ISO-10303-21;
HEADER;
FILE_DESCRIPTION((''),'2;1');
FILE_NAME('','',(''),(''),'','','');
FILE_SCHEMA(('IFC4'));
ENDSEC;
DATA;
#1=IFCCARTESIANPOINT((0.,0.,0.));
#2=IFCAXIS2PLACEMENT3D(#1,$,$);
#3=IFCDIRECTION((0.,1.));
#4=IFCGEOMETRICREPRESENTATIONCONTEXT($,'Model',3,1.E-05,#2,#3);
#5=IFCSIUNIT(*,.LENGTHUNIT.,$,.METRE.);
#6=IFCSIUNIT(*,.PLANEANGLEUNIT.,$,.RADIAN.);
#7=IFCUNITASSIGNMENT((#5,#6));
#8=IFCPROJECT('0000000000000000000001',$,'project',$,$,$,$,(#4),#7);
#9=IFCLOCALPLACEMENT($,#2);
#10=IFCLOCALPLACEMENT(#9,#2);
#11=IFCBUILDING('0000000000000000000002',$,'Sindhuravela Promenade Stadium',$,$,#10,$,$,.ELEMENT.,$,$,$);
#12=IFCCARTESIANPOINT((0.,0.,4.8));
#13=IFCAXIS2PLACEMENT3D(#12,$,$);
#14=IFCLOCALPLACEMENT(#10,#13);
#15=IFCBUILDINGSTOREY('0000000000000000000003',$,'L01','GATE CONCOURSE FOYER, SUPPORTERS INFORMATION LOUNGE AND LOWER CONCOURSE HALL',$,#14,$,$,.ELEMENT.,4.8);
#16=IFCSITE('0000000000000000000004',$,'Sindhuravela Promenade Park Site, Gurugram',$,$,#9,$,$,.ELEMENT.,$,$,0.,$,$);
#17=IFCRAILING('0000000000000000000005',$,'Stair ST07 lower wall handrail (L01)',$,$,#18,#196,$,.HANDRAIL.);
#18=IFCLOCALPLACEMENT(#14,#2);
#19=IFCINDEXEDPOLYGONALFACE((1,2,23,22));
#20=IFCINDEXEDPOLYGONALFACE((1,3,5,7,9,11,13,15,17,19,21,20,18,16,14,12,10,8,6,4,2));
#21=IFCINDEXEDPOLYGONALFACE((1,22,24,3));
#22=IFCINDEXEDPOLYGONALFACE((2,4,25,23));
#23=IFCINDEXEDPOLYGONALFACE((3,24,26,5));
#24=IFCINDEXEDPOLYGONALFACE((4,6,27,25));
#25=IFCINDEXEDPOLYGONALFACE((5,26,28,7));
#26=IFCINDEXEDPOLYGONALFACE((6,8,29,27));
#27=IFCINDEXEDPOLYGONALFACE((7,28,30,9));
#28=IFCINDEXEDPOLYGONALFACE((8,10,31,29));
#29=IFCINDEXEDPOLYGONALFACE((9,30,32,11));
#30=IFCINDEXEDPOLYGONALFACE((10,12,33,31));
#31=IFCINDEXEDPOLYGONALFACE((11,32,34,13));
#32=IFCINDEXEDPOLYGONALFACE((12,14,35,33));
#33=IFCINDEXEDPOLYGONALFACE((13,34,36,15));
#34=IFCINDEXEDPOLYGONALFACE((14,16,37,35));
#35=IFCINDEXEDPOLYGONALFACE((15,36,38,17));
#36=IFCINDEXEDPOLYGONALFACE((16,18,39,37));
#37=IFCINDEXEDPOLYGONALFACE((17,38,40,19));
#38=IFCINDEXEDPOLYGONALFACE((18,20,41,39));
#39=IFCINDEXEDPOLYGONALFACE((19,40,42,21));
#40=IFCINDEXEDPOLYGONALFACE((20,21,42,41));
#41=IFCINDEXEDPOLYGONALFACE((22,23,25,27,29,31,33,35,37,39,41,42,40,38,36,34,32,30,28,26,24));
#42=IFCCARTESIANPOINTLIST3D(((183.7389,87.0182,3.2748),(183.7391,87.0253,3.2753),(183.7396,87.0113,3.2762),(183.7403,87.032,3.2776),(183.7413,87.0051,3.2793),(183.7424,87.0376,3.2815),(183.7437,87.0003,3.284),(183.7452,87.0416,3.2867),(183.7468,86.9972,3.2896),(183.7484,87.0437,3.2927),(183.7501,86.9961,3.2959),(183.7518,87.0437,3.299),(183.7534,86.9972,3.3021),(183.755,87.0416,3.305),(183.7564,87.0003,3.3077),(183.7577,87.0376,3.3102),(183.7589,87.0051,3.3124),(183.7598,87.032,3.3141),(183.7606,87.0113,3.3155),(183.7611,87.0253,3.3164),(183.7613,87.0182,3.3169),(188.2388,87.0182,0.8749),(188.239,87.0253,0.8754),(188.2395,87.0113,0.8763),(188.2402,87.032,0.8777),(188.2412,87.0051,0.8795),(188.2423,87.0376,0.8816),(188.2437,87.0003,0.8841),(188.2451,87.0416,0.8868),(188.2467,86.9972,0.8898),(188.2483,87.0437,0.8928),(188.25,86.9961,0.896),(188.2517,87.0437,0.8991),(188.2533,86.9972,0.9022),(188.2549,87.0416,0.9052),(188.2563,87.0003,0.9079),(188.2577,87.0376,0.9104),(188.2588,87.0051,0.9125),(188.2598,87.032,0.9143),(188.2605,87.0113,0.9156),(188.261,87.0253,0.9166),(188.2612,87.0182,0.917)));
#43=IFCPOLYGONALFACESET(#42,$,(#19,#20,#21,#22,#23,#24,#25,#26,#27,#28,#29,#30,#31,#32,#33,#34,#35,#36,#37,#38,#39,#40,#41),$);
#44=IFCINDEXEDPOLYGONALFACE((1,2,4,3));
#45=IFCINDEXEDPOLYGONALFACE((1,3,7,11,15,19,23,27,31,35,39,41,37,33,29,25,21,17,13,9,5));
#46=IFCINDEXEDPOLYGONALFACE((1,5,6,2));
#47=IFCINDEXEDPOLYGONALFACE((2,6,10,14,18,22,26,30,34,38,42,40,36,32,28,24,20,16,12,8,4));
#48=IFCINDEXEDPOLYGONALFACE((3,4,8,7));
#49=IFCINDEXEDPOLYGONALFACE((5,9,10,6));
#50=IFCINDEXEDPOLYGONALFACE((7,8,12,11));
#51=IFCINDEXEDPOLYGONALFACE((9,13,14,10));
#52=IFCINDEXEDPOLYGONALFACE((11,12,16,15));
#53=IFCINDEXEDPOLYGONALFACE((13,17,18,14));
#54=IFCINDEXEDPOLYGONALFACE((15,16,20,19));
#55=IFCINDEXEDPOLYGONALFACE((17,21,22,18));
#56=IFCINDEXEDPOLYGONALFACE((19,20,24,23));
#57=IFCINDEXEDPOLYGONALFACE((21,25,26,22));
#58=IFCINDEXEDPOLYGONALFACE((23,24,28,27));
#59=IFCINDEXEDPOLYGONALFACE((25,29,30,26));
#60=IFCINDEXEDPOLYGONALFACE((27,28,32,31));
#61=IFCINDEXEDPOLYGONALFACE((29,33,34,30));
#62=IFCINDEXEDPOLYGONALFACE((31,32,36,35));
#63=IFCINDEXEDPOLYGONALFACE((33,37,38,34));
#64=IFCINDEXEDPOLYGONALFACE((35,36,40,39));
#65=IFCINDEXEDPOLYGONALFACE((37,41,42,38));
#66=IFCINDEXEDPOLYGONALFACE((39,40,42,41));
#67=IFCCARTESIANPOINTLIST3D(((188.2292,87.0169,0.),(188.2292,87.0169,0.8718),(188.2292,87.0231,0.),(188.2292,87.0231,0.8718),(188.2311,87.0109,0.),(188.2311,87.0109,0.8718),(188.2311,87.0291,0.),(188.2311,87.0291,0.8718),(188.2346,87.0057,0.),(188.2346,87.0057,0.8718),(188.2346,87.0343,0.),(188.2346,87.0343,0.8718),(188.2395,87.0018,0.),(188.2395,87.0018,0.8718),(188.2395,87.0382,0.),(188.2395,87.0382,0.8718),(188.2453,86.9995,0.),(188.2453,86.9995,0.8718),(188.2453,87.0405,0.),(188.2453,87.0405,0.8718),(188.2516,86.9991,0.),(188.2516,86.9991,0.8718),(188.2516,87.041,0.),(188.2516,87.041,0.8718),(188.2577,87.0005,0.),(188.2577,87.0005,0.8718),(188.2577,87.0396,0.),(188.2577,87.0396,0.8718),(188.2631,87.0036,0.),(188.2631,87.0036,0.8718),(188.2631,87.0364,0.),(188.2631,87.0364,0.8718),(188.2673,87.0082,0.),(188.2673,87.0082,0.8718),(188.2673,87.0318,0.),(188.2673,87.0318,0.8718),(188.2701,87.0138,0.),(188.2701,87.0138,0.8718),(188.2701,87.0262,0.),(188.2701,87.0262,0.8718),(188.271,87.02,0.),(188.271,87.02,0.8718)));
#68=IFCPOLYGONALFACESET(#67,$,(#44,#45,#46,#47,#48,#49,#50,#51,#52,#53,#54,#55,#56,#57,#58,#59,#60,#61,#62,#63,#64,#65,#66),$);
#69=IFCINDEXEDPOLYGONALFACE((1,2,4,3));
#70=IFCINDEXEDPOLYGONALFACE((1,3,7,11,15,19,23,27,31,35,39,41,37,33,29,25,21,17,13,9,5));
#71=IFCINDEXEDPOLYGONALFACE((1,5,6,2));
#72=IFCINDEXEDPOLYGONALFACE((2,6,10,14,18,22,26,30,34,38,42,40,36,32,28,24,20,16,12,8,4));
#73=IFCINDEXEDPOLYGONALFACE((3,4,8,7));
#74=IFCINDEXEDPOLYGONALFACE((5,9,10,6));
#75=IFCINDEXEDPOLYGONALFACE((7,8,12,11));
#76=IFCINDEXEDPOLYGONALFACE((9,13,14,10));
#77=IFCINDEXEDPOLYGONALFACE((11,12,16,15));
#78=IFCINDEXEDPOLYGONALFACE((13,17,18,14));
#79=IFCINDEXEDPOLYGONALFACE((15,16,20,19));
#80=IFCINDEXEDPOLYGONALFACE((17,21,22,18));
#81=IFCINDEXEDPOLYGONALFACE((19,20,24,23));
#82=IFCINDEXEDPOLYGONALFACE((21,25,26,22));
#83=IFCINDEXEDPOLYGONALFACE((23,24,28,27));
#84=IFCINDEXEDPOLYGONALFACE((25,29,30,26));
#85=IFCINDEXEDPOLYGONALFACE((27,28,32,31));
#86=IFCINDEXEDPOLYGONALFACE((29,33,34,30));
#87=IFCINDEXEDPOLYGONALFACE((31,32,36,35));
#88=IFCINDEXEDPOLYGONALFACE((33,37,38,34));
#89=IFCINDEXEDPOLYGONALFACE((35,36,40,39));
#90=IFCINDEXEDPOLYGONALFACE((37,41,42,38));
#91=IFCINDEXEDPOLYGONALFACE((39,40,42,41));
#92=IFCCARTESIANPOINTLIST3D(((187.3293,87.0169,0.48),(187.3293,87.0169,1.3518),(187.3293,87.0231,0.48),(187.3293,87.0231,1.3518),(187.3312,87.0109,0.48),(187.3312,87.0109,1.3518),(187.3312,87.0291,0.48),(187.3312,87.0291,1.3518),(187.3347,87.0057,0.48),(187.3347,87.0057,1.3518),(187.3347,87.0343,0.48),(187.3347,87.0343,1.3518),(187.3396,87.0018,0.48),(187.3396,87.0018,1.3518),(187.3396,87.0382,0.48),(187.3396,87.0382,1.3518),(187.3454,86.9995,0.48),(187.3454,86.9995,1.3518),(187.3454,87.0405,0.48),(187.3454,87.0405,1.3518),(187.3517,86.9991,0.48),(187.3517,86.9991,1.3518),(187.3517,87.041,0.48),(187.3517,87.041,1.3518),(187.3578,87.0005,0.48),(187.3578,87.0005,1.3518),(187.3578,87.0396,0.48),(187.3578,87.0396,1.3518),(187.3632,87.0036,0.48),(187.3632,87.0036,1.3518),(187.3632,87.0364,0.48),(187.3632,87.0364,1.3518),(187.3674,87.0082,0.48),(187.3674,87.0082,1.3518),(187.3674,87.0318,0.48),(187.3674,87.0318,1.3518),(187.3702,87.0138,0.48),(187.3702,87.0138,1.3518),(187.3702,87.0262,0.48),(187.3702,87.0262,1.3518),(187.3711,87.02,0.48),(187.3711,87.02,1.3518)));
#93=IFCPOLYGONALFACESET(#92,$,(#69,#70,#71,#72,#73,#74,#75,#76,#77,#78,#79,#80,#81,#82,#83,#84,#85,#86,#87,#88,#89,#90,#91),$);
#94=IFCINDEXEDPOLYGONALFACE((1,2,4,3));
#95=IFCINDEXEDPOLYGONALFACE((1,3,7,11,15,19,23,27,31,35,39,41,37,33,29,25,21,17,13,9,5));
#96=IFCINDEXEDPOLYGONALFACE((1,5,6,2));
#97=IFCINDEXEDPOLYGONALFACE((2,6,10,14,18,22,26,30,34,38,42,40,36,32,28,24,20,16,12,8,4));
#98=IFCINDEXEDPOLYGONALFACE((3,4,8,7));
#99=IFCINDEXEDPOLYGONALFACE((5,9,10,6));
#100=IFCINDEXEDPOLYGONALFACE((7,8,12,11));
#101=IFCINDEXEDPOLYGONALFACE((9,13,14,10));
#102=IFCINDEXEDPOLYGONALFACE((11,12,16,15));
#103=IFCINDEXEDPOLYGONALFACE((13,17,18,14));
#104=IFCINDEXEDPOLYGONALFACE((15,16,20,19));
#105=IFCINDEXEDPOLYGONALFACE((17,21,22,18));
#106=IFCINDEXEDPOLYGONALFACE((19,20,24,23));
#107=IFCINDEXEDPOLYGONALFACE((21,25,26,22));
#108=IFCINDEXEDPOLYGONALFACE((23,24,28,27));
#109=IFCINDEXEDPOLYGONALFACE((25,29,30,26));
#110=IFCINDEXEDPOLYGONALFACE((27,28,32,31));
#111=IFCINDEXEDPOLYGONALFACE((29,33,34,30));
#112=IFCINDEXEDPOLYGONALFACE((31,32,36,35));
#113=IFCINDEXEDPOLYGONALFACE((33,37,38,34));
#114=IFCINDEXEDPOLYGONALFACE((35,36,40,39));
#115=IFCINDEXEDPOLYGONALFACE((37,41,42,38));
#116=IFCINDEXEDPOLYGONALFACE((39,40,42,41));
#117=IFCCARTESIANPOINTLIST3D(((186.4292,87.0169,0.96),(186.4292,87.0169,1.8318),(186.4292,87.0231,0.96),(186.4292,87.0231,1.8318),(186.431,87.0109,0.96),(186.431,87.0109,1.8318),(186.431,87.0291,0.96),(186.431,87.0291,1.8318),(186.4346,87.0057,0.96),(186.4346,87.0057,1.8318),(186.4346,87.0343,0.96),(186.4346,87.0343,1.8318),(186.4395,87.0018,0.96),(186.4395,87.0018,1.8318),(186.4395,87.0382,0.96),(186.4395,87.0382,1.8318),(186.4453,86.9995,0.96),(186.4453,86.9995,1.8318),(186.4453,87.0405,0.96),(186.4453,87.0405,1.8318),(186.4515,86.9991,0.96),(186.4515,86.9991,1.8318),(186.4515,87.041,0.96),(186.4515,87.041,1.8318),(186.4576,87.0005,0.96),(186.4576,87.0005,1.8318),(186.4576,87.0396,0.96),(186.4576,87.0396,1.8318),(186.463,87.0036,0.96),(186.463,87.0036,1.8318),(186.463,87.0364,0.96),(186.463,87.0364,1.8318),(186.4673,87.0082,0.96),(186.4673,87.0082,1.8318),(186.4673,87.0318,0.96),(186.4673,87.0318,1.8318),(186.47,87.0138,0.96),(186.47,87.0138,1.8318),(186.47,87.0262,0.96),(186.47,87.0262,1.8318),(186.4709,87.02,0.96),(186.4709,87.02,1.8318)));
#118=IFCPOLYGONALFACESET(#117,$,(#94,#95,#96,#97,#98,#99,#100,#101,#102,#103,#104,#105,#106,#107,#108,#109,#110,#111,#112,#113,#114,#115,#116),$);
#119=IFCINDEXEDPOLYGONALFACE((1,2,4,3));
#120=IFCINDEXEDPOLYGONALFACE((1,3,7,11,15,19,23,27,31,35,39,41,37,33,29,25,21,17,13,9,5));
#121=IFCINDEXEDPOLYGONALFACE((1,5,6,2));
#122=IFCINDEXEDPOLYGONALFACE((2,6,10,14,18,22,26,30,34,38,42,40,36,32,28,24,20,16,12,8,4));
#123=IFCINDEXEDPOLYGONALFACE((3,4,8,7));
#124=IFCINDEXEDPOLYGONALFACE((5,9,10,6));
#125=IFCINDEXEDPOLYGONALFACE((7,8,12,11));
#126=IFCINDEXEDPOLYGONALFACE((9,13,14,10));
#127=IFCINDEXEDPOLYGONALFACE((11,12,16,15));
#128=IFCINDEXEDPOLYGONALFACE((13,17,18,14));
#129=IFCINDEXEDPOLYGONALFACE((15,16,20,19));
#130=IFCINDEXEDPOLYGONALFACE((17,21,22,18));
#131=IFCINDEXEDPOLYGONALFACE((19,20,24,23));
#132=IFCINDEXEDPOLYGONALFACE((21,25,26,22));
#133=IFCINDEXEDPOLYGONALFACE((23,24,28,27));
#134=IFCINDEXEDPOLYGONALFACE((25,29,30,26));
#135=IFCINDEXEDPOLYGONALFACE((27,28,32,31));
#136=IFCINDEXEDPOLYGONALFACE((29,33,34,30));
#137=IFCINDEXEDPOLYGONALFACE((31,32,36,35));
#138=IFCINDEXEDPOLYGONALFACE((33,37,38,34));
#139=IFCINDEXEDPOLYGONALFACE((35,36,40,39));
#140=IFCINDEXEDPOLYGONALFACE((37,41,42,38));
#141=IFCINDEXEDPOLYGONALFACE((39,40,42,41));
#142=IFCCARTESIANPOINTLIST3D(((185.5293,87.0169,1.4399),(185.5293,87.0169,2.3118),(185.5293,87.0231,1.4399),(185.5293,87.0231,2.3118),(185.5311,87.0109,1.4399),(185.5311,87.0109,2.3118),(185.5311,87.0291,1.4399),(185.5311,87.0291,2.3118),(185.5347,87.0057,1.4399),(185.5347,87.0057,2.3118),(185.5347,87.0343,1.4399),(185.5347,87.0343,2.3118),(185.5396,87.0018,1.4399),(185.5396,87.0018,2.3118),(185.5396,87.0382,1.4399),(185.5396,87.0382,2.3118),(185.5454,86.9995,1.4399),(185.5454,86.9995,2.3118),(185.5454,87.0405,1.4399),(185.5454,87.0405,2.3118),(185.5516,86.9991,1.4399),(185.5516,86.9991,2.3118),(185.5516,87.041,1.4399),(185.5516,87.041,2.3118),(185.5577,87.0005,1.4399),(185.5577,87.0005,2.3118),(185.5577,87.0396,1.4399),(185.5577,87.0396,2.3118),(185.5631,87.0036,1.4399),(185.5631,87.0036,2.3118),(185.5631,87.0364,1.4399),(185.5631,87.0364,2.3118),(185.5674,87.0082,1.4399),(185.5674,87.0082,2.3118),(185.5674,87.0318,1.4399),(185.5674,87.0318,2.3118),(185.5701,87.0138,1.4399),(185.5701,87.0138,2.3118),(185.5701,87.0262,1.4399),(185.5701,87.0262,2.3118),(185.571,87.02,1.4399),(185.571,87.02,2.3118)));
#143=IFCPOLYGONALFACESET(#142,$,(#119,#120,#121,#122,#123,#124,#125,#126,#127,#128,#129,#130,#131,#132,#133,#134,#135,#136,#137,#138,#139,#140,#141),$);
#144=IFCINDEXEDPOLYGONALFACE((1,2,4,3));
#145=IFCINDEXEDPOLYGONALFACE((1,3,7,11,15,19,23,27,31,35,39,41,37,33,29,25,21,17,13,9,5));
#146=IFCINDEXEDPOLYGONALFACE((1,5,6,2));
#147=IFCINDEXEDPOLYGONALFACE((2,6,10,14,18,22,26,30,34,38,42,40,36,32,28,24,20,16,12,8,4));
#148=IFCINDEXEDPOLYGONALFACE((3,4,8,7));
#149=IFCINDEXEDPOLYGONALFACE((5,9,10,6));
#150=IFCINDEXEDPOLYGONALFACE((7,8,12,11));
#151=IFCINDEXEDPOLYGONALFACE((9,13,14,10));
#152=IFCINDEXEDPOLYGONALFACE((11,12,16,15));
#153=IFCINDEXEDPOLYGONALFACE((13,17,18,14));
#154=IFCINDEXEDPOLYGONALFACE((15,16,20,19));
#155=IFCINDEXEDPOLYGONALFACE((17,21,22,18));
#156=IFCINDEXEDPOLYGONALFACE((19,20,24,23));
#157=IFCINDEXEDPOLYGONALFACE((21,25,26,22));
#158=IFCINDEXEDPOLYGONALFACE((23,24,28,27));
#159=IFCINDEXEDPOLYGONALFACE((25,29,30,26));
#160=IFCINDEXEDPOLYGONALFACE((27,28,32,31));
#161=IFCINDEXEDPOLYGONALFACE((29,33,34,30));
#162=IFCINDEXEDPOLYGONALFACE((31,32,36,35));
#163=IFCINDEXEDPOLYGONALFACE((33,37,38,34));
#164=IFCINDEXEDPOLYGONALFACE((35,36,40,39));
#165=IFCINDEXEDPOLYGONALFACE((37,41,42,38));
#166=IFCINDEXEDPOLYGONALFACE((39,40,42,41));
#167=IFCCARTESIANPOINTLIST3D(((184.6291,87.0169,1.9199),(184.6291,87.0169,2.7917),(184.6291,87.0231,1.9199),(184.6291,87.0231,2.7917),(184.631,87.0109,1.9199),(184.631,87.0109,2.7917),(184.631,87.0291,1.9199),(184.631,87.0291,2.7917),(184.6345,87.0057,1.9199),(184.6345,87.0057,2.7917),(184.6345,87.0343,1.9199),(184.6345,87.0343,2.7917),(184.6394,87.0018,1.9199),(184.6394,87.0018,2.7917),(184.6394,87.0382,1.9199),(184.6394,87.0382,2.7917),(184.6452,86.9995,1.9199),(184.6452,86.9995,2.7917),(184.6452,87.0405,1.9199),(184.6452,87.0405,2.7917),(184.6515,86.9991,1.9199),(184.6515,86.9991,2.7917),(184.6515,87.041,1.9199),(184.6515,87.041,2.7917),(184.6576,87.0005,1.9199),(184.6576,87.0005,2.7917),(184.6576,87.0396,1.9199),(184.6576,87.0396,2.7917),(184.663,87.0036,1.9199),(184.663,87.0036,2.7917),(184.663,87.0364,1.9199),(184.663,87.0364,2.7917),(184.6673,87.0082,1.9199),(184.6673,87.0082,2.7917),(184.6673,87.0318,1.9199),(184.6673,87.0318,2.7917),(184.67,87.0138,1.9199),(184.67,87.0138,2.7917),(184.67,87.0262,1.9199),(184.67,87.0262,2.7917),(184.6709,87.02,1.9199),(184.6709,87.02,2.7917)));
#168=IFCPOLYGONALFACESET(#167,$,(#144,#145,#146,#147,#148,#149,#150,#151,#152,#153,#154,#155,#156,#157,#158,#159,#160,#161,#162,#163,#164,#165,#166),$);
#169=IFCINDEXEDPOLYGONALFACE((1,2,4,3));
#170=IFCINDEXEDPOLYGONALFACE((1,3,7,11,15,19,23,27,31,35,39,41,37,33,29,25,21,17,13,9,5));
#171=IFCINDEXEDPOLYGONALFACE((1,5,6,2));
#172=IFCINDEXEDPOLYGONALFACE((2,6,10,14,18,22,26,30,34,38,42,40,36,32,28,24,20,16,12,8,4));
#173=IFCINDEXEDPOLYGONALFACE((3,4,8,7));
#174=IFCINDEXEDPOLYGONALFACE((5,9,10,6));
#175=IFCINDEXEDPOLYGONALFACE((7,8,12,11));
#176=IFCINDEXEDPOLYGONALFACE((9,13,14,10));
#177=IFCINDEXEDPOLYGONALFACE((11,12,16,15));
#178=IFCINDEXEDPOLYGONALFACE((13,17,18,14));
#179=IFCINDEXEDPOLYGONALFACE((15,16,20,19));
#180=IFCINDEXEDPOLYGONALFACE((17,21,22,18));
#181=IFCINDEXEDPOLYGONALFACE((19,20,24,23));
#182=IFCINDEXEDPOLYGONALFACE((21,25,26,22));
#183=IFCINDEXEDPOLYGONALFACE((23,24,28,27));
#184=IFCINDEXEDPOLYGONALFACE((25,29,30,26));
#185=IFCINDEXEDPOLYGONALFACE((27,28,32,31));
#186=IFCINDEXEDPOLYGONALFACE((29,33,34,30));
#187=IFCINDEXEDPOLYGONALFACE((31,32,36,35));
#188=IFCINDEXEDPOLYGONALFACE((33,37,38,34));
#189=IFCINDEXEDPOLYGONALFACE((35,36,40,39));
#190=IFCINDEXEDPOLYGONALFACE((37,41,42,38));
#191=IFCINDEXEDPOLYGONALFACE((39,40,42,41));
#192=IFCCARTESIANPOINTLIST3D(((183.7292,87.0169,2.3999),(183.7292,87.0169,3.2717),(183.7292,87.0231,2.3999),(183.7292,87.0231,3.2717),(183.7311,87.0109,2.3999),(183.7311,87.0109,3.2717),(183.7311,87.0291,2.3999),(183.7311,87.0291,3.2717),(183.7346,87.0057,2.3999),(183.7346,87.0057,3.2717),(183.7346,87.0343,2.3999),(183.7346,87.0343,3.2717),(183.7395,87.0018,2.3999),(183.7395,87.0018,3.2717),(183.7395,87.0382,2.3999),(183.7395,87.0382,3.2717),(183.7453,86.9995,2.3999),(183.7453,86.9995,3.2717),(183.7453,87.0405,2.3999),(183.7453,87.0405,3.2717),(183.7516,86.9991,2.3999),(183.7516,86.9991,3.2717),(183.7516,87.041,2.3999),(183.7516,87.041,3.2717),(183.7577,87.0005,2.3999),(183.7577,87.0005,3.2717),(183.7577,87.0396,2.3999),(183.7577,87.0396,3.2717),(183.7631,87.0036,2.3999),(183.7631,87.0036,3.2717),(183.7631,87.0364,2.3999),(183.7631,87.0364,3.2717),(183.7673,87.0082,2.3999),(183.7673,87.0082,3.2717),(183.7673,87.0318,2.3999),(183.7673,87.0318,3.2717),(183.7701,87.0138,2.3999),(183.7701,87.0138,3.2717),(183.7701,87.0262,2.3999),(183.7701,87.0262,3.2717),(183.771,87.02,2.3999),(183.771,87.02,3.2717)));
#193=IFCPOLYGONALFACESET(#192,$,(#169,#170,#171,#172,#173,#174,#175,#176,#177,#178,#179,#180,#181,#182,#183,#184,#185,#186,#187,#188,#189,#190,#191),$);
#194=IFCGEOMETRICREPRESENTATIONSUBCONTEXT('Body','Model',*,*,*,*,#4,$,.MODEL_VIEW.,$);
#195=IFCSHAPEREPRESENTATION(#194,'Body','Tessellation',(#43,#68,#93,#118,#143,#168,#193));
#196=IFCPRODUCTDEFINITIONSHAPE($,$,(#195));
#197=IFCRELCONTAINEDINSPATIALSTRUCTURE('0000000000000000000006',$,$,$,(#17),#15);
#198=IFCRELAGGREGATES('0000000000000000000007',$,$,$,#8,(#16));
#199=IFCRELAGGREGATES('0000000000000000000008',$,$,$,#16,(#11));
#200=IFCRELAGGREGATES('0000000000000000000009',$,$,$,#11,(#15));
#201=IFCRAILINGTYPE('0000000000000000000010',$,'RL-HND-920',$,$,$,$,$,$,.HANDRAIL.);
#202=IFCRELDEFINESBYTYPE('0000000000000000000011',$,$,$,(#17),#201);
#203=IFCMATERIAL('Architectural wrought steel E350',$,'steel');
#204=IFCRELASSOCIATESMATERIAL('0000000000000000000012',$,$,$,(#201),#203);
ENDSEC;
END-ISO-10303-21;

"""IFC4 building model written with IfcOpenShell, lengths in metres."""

from ifc_helpers import new_model, si_unit, direction, frame, origin, origin_2d, place, context, subcontext, project, spatial, circle, extrude, material, type_object, element, save


model = new_model("IFC4")

# Units and contexts
model_context = context("Model", 3, precision=1e-05, world=origin(), true_north=direction((0.0, 1.0)))
body_context = subcontext(model_context, "Body", "Model", "MODEL_VIEW")
ifc_project = project(units=[si_unit("LENGTHUNIT", "METRE"), si_unit("PLANEANGLEUNIT", "RADIAN")], contexts=[model_context])

# Site, building, storey
site_placement = place(None, origin())
site = spatial("IfcSite", under=ifc_project, at=site_placement, Name="Sindhuravela Promenade Park Site, Gurugram", CompositionType="ELEMENT", RefElevation=0.0)
building_placement = place(site_placement, origin())
building = spatial("IfcBuilding", under=site, at=building_placement, Name="Sindhuravela Promenade Stadium", CompositionType="ELEMENT")
storey_placement = place(building_placement, frame((0.0, 0.0, 4.8)))
storey = spatial("IfcBuildingStorey", under=building, at=storey_placement, Name="L01", Description="GATE CONCOURSE FOYER, SUPPORTERS INFORMATION LOUNGE AND LOWER CONCOURSE HALL", CompositionType="ELEMENT", Elevation=4.8)

# Shared definitions
ifc_material_1 = material(Name="Architectural wrought steel E350", Category="steel")

# Railing
railing_type = type_object("IfcRailingType", Name="RL-HND-920", PredefinedType="HANDRAIL", material=ifc_material_1)
railing_placement = place(storey_placement, frame((188.25, 87.02, 0.0)))
element("IfcRailing", 1, at=railing_placement, inside=storey, type_object=railing_type, Name="Stair ST07 lower wall handrail (L01)", PredefinedType="HANDRAIL", context=body_context, shape_type="SweptSolid", body=[
    extrude(circle(Radius=0.0239, at=origin_2d()), frame((0.0, 0.0, 0.896), z_axis=(-0.882361, 0.0, 0.470573), x_axis=(0.0, -1.0, 0.0)), (0.0, 0.0, 1.0), 5.0999),
    extrude(circle(Radius=0.021, at=origin_2d()), origin(), (0.0, 0.0, 1.0), 0.8718),
    extrude(circle(Radius=0.021, at=origin_2d()), frame((-0.8999, 0.0, 0.48)), (0.0, 0.0, 1.0), 0.8718),
    extrude(circle(Radius=0.021, at=origin_2d()), frame((-1.8, 0.0, 0.96)), (0.0, 0.0, 1.0), 0.8718),
    extrude(circle(Radius=0.021, at=origin_2d()), frame((-2.7, 0.0, 1.4399)), (0.0, 0.0, 1.0), 0.8718),
    extrude(circle(Radius=0.021, at=origin_2d()), frame((-3.6001, 0.0, 1.9199)), (0.0, 0.0, 1.0), 0.8718),
    extrude(circle(Radius=0.021, at=origin_2d()), frame((-4.5, 0.0, 2.3999)), (0.0, 0.0, 1.0), 0.8718),
])

save(model, "model.ifc")
